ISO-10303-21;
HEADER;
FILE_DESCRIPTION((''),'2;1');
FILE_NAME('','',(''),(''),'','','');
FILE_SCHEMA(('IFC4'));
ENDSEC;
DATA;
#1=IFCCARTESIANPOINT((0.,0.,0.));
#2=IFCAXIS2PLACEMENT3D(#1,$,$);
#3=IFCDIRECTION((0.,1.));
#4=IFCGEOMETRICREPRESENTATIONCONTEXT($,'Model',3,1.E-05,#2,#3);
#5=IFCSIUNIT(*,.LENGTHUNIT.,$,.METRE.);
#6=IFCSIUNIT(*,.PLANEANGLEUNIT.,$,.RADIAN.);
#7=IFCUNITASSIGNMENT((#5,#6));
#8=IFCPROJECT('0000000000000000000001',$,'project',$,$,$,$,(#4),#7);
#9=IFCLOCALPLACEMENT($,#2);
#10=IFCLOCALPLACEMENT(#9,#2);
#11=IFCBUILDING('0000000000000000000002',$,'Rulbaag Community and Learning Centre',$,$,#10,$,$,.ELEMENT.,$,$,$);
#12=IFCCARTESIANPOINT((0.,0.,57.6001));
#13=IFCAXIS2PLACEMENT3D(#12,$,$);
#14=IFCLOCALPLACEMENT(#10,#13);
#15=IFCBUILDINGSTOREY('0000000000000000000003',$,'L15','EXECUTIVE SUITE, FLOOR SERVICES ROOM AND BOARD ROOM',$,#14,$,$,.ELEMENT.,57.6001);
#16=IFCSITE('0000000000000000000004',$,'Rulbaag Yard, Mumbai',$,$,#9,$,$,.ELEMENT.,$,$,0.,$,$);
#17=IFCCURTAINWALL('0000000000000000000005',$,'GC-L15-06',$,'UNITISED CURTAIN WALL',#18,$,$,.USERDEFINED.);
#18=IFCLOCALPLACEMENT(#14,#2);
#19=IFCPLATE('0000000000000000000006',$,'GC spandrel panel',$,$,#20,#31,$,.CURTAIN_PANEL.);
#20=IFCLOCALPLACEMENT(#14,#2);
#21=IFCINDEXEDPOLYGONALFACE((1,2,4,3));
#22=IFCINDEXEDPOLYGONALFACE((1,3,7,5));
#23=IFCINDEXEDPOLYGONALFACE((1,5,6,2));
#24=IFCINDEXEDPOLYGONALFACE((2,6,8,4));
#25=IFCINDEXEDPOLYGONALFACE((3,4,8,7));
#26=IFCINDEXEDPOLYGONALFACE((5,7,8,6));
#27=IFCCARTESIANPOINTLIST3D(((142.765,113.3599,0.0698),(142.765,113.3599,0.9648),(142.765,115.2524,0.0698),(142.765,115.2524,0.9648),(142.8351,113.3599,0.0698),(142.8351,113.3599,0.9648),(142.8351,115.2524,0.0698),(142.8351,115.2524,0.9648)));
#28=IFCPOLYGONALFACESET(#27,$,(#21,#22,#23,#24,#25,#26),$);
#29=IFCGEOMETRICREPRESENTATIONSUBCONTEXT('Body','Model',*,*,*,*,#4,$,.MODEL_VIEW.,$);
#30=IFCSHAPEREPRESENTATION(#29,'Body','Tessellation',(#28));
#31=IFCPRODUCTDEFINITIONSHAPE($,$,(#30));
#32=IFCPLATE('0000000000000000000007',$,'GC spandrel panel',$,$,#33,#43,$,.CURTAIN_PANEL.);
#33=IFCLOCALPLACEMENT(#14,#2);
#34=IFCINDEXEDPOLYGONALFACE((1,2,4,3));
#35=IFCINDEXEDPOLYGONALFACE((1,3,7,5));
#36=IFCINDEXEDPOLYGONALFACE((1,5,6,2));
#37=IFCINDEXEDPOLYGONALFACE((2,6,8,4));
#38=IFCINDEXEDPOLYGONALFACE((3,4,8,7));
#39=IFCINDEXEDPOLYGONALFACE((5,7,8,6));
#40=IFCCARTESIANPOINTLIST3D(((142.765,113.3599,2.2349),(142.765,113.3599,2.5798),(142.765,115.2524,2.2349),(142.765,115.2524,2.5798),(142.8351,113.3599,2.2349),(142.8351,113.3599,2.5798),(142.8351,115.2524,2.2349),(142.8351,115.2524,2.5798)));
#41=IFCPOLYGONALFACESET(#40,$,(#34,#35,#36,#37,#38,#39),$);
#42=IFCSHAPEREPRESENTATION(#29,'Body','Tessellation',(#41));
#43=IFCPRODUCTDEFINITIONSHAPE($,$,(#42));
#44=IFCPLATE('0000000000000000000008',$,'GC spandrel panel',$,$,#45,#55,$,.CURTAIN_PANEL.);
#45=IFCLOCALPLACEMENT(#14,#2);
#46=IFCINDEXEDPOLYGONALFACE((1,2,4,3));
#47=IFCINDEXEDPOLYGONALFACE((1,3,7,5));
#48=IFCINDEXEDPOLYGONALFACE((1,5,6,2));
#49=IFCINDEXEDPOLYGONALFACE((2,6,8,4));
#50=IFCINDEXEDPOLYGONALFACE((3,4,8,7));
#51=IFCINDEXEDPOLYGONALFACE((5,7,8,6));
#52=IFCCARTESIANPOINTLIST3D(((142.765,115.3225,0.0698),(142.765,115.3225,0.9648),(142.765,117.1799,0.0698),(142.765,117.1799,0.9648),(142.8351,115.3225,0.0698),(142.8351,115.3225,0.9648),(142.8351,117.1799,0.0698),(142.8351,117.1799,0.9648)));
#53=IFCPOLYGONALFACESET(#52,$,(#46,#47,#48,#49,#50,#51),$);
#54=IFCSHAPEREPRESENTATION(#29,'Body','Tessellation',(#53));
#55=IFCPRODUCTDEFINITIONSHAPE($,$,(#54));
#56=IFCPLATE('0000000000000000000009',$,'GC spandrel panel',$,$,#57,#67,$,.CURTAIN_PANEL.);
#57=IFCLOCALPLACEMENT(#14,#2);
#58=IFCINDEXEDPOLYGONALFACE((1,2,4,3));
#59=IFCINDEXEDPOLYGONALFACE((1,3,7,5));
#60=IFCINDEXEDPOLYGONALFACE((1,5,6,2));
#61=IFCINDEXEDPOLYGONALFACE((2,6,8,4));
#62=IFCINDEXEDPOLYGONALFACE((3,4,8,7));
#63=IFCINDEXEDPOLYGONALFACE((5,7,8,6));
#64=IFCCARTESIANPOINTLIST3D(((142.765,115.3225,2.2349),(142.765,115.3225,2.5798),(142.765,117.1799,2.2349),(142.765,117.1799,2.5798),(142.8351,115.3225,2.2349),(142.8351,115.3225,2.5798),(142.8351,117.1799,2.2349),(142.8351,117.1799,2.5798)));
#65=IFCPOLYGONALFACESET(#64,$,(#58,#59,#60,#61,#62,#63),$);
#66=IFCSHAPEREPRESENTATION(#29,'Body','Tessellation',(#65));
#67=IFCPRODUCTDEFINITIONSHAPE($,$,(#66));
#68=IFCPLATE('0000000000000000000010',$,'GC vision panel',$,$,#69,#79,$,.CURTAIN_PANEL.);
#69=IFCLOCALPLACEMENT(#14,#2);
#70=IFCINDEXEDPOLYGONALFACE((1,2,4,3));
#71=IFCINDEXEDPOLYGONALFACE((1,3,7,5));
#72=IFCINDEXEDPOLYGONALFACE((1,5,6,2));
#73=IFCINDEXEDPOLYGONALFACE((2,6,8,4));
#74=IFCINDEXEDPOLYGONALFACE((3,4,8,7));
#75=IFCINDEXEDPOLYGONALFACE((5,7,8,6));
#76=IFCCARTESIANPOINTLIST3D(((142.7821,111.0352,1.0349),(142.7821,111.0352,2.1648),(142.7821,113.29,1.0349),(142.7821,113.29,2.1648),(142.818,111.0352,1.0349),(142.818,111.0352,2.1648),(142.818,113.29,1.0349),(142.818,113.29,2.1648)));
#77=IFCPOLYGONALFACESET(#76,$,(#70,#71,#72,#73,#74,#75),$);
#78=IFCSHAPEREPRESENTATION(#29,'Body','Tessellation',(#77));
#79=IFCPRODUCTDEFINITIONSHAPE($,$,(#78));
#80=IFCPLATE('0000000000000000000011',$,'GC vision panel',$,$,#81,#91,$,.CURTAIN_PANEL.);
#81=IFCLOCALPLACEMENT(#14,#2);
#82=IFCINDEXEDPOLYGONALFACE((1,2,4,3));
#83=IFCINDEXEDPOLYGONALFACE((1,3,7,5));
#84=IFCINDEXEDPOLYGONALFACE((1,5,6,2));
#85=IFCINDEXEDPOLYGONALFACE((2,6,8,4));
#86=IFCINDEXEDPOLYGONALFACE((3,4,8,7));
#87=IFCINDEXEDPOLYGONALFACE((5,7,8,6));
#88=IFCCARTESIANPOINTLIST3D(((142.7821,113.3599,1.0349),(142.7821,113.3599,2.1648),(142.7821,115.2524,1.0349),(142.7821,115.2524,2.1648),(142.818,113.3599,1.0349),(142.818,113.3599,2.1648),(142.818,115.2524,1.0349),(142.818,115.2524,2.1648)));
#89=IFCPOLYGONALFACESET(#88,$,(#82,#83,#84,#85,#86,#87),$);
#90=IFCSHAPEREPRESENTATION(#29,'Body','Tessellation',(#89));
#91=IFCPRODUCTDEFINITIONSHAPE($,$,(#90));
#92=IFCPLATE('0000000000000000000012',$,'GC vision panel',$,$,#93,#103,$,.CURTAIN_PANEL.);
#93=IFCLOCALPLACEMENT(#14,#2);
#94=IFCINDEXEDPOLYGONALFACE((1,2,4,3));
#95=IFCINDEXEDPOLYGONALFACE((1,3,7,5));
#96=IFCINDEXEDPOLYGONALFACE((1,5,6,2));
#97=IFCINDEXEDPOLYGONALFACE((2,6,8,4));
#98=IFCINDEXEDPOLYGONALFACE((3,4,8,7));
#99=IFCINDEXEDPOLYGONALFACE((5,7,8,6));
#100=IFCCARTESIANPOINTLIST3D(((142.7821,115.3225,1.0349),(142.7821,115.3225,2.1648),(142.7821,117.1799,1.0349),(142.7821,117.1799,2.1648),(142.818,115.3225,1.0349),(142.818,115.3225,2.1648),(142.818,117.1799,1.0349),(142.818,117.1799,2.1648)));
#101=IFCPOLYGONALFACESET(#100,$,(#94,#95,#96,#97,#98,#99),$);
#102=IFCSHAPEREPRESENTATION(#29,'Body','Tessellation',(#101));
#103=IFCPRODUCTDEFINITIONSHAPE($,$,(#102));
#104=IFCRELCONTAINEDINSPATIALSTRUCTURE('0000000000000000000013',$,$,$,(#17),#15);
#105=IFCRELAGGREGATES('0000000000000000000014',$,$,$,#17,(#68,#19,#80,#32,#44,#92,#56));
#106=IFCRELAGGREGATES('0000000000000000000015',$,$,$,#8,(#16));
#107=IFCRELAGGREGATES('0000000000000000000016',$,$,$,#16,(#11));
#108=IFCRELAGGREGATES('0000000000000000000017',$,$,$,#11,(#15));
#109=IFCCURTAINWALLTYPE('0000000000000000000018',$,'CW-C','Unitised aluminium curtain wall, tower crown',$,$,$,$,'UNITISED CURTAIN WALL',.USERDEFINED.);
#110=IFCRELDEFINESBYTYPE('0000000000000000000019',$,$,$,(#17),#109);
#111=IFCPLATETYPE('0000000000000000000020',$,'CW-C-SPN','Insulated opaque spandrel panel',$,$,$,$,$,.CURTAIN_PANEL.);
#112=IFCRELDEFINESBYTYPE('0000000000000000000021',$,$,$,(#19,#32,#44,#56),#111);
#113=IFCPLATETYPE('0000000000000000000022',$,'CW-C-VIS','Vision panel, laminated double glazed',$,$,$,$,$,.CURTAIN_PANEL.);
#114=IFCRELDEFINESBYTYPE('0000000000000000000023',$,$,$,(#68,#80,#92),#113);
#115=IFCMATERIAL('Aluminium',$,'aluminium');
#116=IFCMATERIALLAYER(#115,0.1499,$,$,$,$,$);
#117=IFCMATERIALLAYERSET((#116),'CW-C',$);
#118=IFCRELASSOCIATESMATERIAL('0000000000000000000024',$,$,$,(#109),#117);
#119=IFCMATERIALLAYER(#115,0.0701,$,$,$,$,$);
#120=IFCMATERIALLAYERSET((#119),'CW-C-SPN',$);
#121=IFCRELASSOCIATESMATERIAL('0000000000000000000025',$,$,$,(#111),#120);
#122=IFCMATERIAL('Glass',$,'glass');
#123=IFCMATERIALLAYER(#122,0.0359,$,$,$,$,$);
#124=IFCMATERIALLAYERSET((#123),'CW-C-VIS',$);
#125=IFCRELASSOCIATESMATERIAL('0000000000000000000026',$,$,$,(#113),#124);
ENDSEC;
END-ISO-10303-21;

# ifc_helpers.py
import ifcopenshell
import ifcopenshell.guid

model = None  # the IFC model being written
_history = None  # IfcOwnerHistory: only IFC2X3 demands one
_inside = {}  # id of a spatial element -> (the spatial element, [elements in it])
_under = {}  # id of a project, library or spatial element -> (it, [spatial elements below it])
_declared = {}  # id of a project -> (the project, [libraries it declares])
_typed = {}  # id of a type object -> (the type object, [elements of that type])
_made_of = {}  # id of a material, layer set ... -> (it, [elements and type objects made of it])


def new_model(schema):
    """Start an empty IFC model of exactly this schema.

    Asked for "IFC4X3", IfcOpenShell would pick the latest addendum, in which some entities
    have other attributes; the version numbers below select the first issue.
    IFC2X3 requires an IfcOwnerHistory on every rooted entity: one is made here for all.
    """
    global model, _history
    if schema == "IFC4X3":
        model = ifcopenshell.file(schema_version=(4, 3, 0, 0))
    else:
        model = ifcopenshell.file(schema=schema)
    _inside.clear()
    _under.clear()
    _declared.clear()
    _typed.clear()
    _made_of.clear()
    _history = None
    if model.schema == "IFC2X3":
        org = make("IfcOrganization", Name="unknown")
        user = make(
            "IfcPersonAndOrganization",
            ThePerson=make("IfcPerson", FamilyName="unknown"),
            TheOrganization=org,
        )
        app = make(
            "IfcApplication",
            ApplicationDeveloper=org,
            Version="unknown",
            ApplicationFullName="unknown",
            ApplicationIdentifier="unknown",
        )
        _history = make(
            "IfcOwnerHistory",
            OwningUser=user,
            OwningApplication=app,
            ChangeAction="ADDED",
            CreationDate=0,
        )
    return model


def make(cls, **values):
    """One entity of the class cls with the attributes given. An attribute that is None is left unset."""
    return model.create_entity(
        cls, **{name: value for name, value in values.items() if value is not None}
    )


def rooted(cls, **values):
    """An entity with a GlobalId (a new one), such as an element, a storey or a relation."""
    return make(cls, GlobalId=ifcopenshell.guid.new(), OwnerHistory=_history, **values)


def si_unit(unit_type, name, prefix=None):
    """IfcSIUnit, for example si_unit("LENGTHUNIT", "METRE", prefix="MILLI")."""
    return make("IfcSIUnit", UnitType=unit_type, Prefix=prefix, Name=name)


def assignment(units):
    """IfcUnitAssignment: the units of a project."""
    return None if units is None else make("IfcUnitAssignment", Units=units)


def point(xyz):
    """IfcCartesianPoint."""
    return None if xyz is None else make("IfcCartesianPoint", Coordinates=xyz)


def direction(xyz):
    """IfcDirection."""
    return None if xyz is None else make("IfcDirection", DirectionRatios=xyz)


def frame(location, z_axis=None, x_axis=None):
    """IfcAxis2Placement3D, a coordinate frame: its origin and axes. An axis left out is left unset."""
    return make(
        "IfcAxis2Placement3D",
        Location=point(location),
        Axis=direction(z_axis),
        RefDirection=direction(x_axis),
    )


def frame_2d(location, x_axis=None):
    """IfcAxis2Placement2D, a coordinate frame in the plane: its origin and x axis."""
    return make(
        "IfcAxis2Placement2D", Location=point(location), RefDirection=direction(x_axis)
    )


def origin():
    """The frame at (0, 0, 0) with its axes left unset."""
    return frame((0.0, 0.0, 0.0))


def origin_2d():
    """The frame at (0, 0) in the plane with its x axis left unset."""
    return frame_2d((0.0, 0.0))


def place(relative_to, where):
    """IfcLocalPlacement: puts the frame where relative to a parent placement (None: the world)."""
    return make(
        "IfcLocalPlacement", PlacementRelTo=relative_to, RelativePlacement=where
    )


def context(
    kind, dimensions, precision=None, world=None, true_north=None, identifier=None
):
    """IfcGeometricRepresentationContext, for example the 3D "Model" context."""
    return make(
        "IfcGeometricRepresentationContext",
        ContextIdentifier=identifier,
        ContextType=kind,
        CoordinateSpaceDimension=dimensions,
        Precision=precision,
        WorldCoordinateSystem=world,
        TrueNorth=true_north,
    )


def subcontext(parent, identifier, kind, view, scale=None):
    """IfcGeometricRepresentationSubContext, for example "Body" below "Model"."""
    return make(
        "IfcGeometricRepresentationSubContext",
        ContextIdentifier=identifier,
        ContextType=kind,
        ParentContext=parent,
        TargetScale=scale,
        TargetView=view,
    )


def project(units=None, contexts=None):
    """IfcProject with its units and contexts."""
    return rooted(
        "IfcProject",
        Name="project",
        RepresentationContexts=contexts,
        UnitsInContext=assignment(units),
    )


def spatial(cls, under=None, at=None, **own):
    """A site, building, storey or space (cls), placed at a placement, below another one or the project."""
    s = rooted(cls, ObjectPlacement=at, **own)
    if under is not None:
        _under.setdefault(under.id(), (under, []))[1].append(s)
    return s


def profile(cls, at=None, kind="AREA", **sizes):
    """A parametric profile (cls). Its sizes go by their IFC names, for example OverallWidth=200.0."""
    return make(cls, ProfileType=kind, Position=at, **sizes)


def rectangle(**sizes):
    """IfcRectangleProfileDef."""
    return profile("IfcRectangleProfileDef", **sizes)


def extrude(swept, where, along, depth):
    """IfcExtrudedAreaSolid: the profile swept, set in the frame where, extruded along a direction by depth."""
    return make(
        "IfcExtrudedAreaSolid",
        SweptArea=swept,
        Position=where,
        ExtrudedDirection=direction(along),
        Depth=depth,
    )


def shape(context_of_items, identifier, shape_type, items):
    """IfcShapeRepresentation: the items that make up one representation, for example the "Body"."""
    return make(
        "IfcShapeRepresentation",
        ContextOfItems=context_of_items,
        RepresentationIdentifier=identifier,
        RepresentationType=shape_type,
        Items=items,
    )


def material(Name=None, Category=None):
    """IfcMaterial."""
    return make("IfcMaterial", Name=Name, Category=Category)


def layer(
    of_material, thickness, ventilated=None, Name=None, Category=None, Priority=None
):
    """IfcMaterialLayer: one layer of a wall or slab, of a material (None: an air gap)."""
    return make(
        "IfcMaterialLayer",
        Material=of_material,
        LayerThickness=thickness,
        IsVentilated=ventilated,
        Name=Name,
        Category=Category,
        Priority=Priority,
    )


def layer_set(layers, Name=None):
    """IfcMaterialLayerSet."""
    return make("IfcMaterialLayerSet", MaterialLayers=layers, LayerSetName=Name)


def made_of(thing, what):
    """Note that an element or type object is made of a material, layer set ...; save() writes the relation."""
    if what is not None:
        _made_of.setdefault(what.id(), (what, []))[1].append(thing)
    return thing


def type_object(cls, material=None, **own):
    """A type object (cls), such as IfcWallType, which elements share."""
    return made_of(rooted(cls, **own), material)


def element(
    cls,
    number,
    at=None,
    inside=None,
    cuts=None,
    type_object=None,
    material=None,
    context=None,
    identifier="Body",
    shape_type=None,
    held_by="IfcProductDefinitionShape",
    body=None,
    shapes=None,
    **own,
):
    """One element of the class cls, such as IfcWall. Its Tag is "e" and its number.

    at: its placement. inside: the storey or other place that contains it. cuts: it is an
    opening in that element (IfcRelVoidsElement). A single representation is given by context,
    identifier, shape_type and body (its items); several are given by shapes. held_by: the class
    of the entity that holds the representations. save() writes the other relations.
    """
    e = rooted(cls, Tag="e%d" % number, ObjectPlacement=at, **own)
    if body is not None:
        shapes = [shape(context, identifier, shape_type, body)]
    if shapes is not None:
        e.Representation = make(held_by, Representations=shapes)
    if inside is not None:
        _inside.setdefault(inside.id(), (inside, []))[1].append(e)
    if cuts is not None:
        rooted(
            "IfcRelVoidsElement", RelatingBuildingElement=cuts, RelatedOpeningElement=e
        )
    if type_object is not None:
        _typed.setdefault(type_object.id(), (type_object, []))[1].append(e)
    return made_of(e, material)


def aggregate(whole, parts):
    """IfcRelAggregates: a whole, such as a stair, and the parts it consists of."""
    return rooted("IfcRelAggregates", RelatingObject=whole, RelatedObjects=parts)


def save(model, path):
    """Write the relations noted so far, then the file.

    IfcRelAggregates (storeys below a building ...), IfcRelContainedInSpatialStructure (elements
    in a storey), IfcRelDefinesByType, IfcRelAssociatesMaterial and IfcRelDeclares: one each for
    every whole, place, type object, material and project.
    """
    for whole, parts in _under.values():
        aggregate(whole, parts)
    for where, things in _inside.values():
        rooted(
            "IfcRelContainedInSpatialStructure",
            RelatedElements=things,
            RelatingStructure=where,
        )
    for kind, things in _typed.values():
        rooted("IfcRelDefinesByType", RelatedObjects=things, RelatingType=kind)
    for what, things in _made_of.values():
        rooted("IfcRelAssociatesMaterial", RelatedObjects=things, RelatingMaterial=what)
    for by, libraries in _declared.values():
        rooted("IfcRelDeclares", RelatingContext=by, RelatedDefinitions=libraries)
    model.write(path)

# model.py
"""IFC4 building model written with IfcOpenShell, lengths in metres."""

from ifc_helpers import new_model, si_unit, direction, frame, origin, origin_2d, place, context, subcontext, project, spatial, rectangle, extrude, material, layer, layer_set, type_object, element, aggregate, save


model = new_model("IFC4")

# Units and contexts
model_context = context("Model", 3, precision=1e-05, world=origin(), true_north=direction((0.0, 1.0)))
body_context = subcontext(model_context, "Body", "Model", "MODEL_VIEW")
ifc_project = project(units=[si_unit("LENGTHUNIT", "METRE"), si_unit("PLANEANGLEUNIT", "RADIAN")], contexts=[model_context])

# Site, building, storey
site_placement = place(None, origin())
site = spatial("IfcSite", under=ifc_project, at=site_placement, Name="Rulbaag Yard, Mumbai", CompositionType="ELEMENT", RefElevation=0.0)
building_placement = place(site_placement, origin())
building = spatial("IfcBuilding", under=site, at=building_placement, Name="Rulbaag Community and Learning Centre", CompositionType="ELEMENT")
storey_placement = place(building_placement, frame((0.0, 0.0, 57.6001)))
storey = spatial("IfcBuildingStorey", under=building, at=storey_placement, Name="L15", Description="EXECUTIVE SUITE, FLOOR SERVICES ROOM AND BOARD ROOM", CompositionType="ELEMENT", Elevation=57.6001)

# Curtain wall, plates
ifc_material_1 = material(Name="Aluminium", Category="aluminium")
ifc_layer_1 = layer(ifc_material_1, 0.1499)
ifc_layer_set_1 = layer_set([ifc_layer_1], Name="CW-C")
curtain_wall_type = type_object("IfcCurtainWallType", Name="CW-C", Description="Unitised aluminium curtain wall, tower crown", ElementType="UNITISED CURTAIN WALL", PredefinedType="USERDEFINED", material=ifc_layer_set_1)
curtain_wall_placement = place(storey_placement, origin())
curtain_wall = element("IfcCurtainWall", 1, at=curtain_wall_placement, inside=storey, type_object=curtain_wall_type, Name="GC-L15-06", ObjectType="UNITISED CURTAIN WALL", PredefinedType="USERDEFINED")
ifc_layer_2 = layer(ifc_material_1, 0.0701)
ifc_layer_set_2 = layer_set([ifc_layer_2], Name="CW-C-SPN")
plate_type_1 = type_object("IfcPlateType", Name="CW-C-SPN", Description="Insulated opaque spandrel panel", PredefinedType="CURTAIN_PANEL", material=ifc_layer_set_2)
plate_1_placement = place(storey_placement, frame((142.8, 114.3062, 0.0698), z_axis=(0.0, 0.0, 1.0), x_axis=(0.0, 1.0, 0.0)))
plate_1 = element("IfcPlate", 2, at=plate_1_placement, type_object=plate_type_1, Name="GC spandrel panel", PredefinedType="CURTAIN_PANEL", context=body_context, shape_type="SweptSolid", body=[
    extrude(rectangle(XDim=1.8926, YDim=0.0701, at=origin_2d()), origin(), (0.0, 0.0, 1.0), 0.895),
])
plate_2_placement = place(storey_placement, frame((142.8, 114.3062, 2.2349), z_axis=(0.0, 0.0, 1.0), x_axis=(0.0, 1.0, 0.0)))
plate_2 = element("IfcPlate", 3, at=plate_2_placement, type_object=plate_type_1, Name="GC spandrel panel", PredefinedType="CURTAIN_PANEL", context=body_context, shape_type="SweptSolid", body=[
    extrude(rectangle(XDim=1.8926, YDim=0.0701, at=origin_2d()), origin(), (0.0, 0.0, 1.0), 0.345),
])
plate_3_placement = place(storey_placement, frame((142.8, 116.2512, 0.0698), z_axis=(0.0, 0.0, 1.0), x_axis=(0.0, 1.0, 0.0)))
plate_3 = element("IfcPlate", 4, at=plate_3_placement, type_object=plate_type_1, Name="GC spandrel panel", PredefinedType="CURTAIN_PANEL", context=body_context, shape_type="SweptSolid", body=[
    extrude(rectangle(XDim=1.8574, YDim=0.0701, at=origin_2d()), origin(), (0.0, 0.0, 1.0), 0.895),
])
plate_4_placement = place(storey_placement, frame((142.8, 116.2512, 2.2349), z_axis=(0.0, 0.0, 1.0), x_axis=(0.0, 1.0, 0.0)))
plate_4 = element("IfcPlate", 5, at=plate_4_placement, type_object=plate_type_1, Name="GC spandrel panel", PredefinedType="CURTAIN_PANEL", context=body_context, shape_type="SweptSolid", body=[
    extrude(rectangle(XDim=1.8574, YDim=0.0701, at=origin_2d()), origin(), (0.0, 0.0, 1.0), 0.345),
])
ifc_material_2 = material(Name="Glass", Category="glass")
ifc_layer_3 = layer(ifc_material_2, 0.0359)
ifc_layer_set_3 = layer_set([ifc_layer_3], Name="CW-C-VIS")
plate_type_2 = type_object("IfcPlateType", Name="CW-C-VIS", Description="Vision panel, laminated double glazed", PredefinedType="CURTAIN_PANEL", material=ifc_layer_set_3)
plate_5_placement = place(storey_placement, frame((142.8, 112.1626, 1.0349), z_axis=(0.0, 0.0, 1.0), x_axis=(0.0, 1.0, 0.0)))
plate_5 = element("IfcPlate", 6, at=plate_5_placement, type_object=plate_type_2, Name="GC vision panel", PredefinedType="CURTAIN_PANEL", context=body_context, shape_type="SweptSolid", body=[
    extrude(rectangle(XDim=2.2549, YDim=0.0359, at=origin_2d()), origin(), (0.0, 0.0, 1.0), 1.1299),
])
plate_6_placement = place(storey_placement, frame((142.8, 114.3062, 1.0349), z_axis=(0.0, 0.0, 1.0), x_axis=(0.0, 1.0, 0.0)))
plate_6 = element("IfcPlate", 7, at=plate_6_placement, type_object=plate_type_2, Name="GC vision panel", PredefinedType="CURTAIN_PANEL", context=body_context, shape_type="SweptSolid", body=[
    extrude(rectangle(XDim=1.8926, YDim=0.0359, at=origin_2d()), origin(), (0.0, 0.0, 1.0), 1.1299),
])
plate_7_placement = place(storey_placement, frame((142.8, 116.2512, 1.0349), z_axis=(0.0, 0.0, 1.0), x_axis=(0.0, 1.0, 0.0)))
plate_7 = element("IfcPlate", 8, at=plate_7_placement, type_object=plate_type_2, Name="GC vision panel", PredefinedType="CURTAIN_PANEL", context=body_context, shape_type="SweptSolid", body=[
    extrude(rectangle(XDim=1.8574, YDim=0.0359, at=origin_2d()), origin(), (0.0, 0.0, 1.0), 1.1299),
])
aggregate(curtain_wall, [plate_5, plate_1, plate_6, plate_2, plate_3, plate_7, plate_4])

save(model, "model.ifc")
